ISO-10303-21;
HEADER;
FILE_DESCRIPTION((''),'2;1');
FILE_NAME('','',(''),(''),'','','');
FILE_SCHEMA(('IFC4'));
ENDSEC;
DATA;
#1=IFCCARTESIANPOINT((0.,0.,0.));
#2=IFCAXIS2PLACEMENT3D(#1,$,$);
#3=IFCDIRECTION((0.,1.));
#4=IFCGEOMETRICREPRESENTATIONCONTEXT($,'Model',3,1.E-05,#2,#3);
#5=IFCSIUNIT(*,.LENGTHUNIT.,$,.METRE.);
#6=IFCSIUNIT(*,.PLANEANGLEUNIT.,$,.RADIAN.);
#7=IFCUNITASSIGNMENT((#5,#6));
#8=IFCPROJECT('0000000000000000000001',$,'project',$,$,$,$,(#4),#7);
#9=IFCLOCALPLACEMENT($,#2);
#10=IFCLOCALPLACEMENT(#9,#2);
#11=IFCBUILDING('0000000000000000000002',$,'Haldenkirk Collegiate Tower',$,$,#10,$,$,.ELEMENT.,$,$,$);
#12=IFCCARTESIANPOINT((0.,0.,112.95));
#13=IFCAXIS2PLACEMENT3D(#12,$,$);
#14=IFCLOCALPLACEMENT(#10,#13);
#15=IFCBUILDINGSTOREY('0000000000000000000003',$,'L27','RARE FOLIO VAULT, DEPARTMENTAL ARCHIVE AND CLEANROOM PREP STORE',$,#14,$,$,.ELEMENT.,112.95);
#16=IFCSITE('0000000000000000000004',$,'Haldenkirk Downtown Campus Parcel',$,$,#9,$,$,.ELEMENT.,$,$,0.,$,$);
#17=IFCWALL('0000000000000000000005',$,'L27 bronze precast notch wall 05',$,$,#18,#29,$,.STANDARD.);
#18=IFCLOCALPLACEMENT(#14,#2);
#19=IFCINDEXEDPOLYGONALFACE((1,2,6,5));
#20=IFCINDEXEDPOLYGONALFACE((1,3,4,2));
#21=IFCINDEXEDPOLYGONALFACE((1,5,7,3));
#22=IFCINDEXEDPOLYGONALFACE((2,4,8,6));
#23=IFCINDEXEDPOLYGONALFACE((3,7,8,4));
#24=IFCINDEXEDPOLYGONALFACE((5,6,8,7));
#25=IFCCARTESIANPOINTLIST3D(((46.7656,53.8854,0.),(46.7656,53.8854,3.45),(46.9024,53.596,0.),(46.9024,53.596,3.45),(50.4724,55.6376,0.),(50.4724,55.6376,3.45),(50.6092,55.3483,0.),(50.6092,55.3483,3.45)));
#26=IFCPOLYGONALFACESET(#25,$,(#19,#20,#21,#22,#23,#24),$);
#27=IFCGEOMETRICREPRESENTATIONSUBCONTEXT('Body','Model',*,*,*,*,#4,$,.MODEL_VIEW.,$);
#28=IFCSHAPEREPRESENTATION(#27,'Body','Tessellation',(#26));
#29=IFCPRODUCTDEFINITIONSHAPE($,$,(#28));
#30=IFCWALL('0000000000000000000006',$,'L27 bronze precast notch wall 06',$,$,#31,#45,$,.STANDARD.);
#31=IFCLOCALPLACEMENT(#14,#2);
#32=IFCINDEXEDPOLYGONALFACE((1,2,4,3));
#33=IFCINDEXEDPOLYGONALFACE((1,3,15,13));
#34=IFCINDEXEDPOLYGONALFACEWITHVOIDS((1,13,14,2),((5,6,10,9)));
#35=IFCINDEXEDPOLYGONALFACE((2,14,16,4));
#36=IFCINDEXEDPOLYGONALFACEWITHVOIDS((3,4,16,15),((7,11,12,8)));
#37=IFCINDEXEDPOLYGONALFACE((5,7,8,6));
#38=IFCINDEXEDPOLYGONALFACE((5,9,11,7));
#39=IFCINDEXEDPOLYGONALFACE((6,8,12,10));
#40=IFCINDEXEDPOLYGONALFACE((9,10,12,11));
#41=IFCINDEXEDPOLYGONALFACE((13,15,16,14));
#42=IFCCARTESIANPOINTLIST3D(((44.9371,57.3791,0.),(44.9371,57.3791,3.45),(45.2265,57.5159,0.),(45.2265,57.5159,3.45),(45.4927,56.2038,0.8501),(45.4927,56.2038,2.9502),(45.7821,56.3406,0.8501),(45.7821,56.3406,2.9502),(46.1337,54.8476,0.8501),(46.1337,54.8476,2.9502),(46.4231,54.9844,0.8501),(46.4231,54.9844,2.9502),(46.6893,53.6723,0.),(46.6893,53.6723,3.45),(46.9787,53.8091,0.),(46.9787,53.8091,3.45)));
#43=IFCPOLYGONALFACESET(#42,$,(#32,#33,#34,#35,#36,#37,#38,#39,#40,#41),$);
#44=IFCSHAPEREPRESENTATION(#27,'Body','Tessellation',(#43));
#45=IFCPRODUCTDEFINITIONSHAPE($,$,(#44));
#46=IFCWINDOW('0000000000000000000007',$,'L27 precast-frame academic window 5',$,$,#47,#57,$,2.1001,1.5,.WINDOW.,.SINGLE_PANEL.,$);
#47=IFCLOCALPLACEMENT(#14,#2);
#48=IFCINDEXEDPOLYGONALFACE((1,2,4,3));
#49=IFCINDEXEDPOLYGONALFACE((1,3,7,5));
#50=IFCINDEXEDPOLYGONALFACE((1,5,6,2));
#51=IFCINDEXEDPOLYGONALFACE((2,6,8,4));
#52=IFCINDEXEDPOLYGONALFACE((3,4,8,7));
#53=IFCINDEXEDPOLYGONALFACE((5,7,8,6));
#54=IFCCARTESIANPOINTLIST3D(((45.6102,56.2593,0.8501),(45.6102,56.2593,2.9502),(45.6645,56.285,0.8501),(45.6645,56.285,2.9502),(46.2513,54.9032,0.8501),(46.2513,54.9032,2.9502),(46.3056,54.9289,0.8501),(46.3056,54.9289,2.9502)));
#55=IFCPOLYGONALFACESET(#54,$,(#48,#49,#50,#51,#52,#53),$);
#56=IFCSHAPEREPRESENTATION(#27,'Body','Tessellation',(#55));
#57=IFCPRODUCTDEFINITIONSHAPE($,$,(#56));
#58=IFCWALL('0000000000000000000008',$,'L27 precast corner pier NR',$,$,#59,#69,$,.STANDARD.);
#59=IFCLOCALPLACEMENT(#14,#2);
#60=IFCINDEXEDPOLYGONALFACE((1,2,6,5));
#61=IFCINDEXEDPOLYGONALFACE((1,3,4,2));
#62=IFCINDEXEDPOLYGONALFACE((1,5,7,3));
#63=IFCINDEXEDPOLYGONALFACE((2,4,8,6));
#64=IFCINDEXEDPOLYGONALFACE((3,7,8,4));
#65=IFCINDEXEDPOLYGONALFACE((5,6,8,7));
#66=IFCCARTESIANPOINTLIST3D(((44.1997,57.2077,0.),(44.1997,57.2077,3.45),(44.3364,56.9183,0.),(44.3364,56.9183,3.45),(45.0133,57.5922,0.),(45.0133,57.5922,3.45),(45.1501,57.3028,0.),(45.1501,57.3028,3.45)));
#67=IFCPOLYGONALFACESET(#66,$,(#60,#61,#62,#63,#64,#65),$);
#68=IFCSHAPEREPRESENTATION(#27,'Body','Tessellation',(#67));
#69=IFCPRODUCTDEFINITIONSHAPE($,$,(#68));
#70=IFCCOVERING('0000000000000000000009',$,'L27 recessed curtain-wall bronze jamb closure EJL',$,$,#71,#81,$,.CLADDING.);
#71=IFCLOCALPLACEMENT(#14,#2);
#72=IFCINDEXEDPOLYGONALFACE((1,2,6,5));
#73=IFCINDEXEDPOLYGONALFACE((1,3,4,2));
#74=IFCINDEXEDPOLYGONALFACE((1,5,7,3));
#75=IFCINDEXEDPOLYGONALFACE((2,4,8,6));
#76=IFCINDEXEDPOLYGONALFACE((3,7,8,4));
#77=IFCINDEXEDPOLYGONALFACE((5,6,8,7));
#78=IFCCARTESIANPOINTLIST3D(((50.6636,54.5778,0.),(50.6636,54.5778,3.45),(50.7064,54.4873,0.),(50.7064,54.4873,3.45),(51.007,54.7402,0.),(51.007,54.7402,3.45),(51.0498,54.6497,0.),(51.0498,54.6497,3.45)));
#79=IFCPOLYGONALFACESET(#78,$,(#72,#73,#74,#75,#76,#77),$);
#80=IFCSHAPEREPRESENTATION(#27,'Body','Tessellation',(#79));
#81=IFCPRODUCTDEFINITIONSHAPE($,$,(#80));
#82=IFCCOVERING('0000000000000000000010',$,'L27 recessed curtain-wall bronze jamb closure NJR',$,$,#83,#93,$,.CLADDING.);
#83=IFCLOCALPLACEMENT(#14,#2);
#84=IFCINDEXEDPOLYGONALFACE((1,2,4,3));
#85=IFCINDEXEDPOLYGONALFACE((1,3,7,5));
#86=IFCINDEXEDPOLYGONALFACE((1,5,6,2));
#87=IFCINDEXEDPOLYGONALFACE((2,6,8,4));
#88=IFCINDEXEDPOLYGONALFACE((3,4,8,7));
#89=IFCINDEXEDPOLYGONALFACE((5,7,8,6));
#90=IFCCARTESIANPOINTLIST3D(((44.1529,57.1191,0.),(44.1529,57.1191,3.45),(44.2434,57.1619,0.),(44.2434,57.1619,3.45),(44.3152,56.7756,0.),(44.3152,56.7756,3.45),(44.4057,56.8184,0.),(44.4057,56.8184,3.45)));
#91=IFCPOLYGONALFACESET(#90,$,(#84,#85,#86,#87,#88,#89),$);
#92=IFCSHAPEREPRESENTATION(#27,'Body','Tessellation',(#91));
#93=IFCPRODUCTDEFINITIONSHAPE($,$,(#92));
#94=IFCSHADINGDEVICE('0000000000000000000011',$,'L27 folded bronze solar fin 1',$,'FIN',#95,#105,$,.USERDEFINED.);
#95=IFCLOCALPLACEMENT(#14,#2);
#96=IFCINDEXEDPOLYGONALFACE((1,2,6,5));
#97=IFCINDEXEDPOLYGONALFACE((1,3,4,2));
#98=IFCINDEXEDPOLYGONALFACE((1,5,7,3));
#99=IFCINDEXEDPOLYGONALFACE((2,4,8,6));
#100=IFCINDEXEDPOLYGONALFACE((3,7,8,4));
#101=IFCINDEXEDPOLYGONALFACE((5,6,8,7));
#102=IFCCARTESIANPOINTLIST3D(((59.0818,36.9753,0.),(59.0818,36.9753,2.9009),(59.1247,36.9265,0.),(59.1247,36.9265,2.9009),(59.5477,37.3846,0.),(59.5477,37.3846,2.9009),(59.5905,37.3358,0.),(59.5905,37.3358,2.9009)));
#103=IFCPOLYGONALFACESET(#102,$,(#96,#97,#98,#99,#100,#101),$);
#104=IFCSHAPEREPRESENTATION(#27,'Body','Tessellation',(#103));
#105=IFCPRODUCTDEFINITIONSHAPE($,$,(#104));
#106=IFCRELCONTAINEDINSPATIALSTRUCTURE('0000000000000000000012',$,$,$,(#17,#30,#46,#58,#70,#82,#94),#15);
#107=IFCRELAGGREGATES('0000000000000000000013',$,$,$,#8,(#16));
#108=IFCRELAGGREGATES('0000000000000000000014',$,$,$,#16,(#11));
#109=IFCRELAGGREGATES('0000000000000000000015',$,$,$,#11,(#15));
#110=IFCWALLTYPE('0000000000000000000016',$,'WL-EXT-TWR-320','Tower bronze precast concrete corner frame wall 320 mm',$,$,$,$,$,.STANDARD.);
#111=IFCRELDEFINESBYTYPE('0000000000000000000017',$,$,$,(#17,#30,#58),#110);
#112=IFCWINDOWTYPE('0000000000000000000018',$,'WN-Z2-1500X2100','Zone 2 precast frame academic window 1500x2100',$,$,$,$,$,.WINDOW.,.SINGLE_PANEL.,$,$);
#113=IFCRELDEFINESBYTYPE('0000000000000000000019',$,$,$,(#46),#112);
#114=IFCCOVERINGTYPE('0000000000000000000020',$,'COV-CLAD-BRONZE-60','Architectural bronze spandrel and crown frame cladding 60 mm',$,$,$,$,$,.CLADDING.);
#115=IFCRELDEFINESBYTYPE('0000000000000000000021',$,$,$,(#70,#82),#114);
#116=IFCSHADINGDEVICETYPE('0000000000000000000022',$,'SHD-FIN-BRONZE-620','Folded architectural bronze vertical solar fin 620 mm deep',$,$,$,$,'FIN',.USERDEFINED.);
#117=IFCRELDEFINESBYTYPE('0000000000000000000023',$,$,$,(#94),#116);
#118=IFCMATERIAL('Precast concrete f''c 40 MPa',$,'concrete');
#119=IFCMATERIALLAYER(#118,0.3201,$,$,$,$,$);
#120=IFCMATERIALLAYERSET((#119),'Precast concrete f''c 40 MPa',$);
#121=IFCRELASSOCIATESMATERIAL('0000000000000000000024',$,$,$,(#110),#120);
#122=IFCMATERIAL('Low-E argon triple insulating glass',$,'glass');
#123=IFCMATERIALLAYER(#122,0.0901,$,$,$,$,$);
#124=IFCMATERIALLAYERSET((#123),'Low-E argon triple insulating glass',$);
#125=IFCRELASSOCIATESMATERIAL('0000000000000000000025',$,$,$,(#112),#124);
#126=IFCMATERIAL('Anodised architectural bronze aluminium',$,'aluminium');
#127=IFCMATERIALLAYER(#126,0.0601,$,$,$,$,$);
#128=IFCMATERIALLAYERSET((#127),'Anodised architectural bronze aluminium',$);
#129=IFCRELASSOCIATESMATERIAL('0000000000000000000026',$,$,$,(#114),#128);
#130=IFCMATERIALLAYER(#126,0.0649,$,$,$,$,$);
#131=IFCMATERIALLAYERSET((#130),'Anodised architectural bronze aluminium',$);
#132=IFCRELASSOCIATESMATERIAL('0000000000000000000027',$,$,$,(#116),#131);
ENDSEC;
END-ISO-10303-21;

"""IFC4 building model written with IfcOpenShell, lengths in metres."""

from ifc_helpers import new_model, si_unit, direction, frame, frame_2d, origin, origin_2d, place, context, subcontext, project, spatial, rectangle, extrude, source, transform, mapped, material, layer, layer_set, type_object, element, fill, save


model = new_model("IFC4")

# Units and contexts
model_context = context("Model", 3, precision=1e-05, world=origin(), true_north=direction((0.0, 1.0)))
body_context = subcontext(model_context, "Body", "Model", "MODEL_VIEW")
ifc_project = project(units=[si_unit("LENGTHUNIT", "METRE"), si_unit("PLANEANGLEUNIT", "RADIAN")], contexts=[model_context])

# Site, building, storey
site_placement = place(None, origin())
site = spatial("IfcSite", under=ifc_project, at=site_placement, Name="Haldenkirk Downtown Campus Parcel", CompositionType="ELEMENT", RefElevation=0.0)
building_placement = place(site_placement, origin())
building = spatial("IfcBuilding", under=site, at=building_placement, Name="Haldenkirk Collegiate Tower", CompositionType="ELEMENT")
storey_placement = place(building_placement, frame((0.0, 0.0, 112.95)))
storey = spatial("IfcBuildingStorey", under=building, at=storey_placement, Name="L27", Description="RARE FOLIO VAULT, DEPARTMENTAL ARCHIVE AND CLEANROOM PREP STORE", CompositionType="ELEMENT", Elevation=112.95)

# Shared definitions
ifc_material_1 = material(Name="Anodised architectural bronze aluminium", Category="aluminium")

# Shared definitions
ifc_material_2 = material(Name="Low-E argon triple insulating glass", Category="glass")

# Wall
ifc_material_3 = material(Name="Precast concrete f'c 40 MPa", Category="concrete")
ifc_layer_1 = layer(ifc_material_3, 0.3201)
ifc_layer_set_1 = layer_set([ifc_layer_1], Name="Precast concrete f'c 40 MPa")
wall_type = type_object("IfcWallType", Name="WL-EXT-TWR-320", Description="Tower bronze precast concrete corner frame wall 320 mm", PredefinedType="STANDARD", material=ifc_layer_set_1)
wall_1_placement = place(storey_placement, frame((46.834, 53.7407, 0.0), z_axis=(0.0, 0.0, 1.0), x_axis=(0.904082, 0.427359, 0.0)))
element("IfcWall", 1, at=wall_1_placement, inside=storey, type_object=wall_type, Name="L27 bronze precast notch wall 05", PredefinedType="STANDARD", context=body_context, shape_type="SweptSolid", body=[
    extrude(rectangle(XDim=4.1001, YDim=0.3201, at=frame_2d((2.05, 0.0))), origin(), (0.0, 0.0, 1.0), 3.45),
])

# Wall, opening, window
wall_2_placement = place(storey_placement, frame((45.0818, 57.4475, 0.0), z_axis=(0.0, 0.0, 1.0), x_axis=(0.427359, -0.904082, 0.0)))
wall_2 = element("IfcWall", 2, at=wall_2_placement, inside=storey, type_object=wall_type, Name="L27 bronze precast notch wall 06", PredefinedType="STANDARD", context=body_context, shape_type="SweptSolid", body=[
    extrude(rectangle(XDim=4.1001, YDim=0.3201, at=frame_2d((2.05, 0.0))), origin(), (0.0, 0.0, 1.0), 3.45),
])
opening_placement = place(wall_2_placement, frame((1.3, 0.0, 0.8501)))
opening = element("IfcOpeningElement", 3, at=opening_placement, cuts=wall_2, PredefinedType="OPENING", context=body_context, shape_type="SweptSolid", body=[
    extrude(rectangle(XDim=1.5, YDim=2.1001, at=frame_2d((0.75, 1.05))), frame((0.0, 0.1699, 0.0), z_axis=(0.0, -1.0, 0.0), x_axis=(1.0, 0.0, 0.0)), (0.0, 0.0, 1.0), 0.3401),
])
ifc_layer_2 = layer(ifc_material_2, 0.0901)
ifc_layer_set_2 = layer_set([ifc_layer_2], Name="Low-E argon triple insulating glass")
window_type = type_object("IfcWindowType", Name="WN-Z2-1500X2100", Description="Zone 2 precast frame academic window 1500x2100", PartitioningType="SINGLE_PANEL", PredefinedType="WINDOW", material=ifc_layer_set_2)
window_placement = place(opening_placement, origin())
window = element("IfcWindow", 4, at=window_placement, inside=storey, type_object=window_type, Name="L27 precast-frame academic window 5", OverallHeight=2.1001, OverallWidth=1.5, PartitioningType="SINGLE_PANEL", PredefinedType="WINDOW", context=body_context, shape_type="SweptSolid", body=[
    extrude(rectangle(XDim=1.5, YDim=2.1001, at=frame_2d((0.75, 1.05))), frame((0.0, 0.03, 0.0), z_axis=(0.0, -1.0, 0.0), x_axis=(1.0, 0.0, 0.0)), (0.0, 0.0, 1.0), 0.0601),
])
fill(opening, window)

# Wall
wall_3_placement = place(storey_placement, frame((44.2681, 57.063, 0.0), z_axis=(0.0, 0.0, 1.0), x_axis=(0.904135, 0.427247, 0.0)))
element("IfcWall", 5, at=wall_3_placement, inside=storey, type_object=wall_type, Name="L27 precast corner pier NR", PredefinedType="STANDARD", context=body_context, shape_type="SweptSolid", body=[
    extrude(rectangle(XDim=0.8999, YDim=0.3201, at=frame_2d((0.45, 0.0))), origin(), (0.0, 0.0, 1.0), 3.45),
])

# Coverings
ifc_layer_3 = layer(ifc_material_1, 0.0601)
ifc_layer_set_3 = layer_set([ifc_layer_3], Name="Anodised architectural bronze aluminium")
covering_type = type_object("IfcCoveringType", Name="COV-CLAD-BRONZE-60", Description="Architectural bronze spandrel and crown frame cladding 60 mm", PredefinedType="CLADDING", material=ifc_layer_set_3)
shared_shape_1 = source(origin(), body_context, "Body", "SweptSolid", [
    extrude(rectangle(XDim=0.1001, YDim=0.3799, at=origin_2d()), origin(), (0.0, 0.0, 1.0), 3.45),
])
for number, where, z_axis, x_axis, name in (
    (6, (50.8567, 54.6138, 0.0), (0.0, 0.0, 1.0), (0.427358, -0.904083, 0.0), "L27 recessed curtain-wall bronze jamb closure EJL"),
    (7, (44.2793, 56.9688, 0.0), (0.0, 0.0, 1.0), (0.904083, 0.427358, 0.0), "L27 recessed curtain-wall bronze jamb closure NJR"),
):
    element("IfcCovering", number, at=place(storey_placement, frame(where, z_axis=z_axis, x_axis=x_axis)), inside=storey, type_object=covering_type, Name=name, PredefinedType="CLADDING", context=body_context, shape_type="MappedRepresentation", body=[
        mapped(shared_shape_1, transform((0.0, 0.0, 0.0), x_axis=(1.0, 0.0, 0.0), y_axis=(0.0, 1.0, 0.0), z_axis=(0.0, 0.0, 1.0), scale=1.0)),
    ])

# Shading device
ifc_layer_4 = layer(ifc_material_1, 0.0649)
ifc_layer_set_4 = layer_set([ifc_layer_4], Name="Anodised architectural bronze aluminium")
shading_device_type = type_object("IfcShadingDeviceType", Name="SHD-FIN-BRONZE-620", Description="Folded architectural bronze vertical solar fin 620 mm deep", ElementType="FIN", PredefinedType="USERDEFINED", material=ifc_layer_set_4)
shared_shape_2 = source(origin(), body_context, "Body", "SweptSolid", [
    extrude(rectangle(XDim=0.6201, YDim=0.0649, at=origin_2d()), origin(), (0.0, 0.0, 1.0), 2.9009),
])
shading_device_placement = place(storey_placement, frame((59.3362, 37.1555, 0.0), z_axis=(0.0, 0.0, 1.0), x_axis=(0.751264, 0.660002, 0.0)))
element("IfcShadingDevice", 8, at=shading_device_placement, inside=storey, type_object=shading_device_type, Name="L27 folded bronze solar fin 1", ObjectType="FIN", PredefinedType="USERDEFINED", context=body_context, shape_type="MappedRepresentation", body=[
    mapped(shared_shape_2, transform((0.0, 0.0, 0.0), x_axis=(1.0, 0.0, 0.0), y_axis=(0.0, 1.0, 0.0), z_axis=(0.0, 0.0, 1.0), scale=1.0)),
])

save(model, "model.ifc")
